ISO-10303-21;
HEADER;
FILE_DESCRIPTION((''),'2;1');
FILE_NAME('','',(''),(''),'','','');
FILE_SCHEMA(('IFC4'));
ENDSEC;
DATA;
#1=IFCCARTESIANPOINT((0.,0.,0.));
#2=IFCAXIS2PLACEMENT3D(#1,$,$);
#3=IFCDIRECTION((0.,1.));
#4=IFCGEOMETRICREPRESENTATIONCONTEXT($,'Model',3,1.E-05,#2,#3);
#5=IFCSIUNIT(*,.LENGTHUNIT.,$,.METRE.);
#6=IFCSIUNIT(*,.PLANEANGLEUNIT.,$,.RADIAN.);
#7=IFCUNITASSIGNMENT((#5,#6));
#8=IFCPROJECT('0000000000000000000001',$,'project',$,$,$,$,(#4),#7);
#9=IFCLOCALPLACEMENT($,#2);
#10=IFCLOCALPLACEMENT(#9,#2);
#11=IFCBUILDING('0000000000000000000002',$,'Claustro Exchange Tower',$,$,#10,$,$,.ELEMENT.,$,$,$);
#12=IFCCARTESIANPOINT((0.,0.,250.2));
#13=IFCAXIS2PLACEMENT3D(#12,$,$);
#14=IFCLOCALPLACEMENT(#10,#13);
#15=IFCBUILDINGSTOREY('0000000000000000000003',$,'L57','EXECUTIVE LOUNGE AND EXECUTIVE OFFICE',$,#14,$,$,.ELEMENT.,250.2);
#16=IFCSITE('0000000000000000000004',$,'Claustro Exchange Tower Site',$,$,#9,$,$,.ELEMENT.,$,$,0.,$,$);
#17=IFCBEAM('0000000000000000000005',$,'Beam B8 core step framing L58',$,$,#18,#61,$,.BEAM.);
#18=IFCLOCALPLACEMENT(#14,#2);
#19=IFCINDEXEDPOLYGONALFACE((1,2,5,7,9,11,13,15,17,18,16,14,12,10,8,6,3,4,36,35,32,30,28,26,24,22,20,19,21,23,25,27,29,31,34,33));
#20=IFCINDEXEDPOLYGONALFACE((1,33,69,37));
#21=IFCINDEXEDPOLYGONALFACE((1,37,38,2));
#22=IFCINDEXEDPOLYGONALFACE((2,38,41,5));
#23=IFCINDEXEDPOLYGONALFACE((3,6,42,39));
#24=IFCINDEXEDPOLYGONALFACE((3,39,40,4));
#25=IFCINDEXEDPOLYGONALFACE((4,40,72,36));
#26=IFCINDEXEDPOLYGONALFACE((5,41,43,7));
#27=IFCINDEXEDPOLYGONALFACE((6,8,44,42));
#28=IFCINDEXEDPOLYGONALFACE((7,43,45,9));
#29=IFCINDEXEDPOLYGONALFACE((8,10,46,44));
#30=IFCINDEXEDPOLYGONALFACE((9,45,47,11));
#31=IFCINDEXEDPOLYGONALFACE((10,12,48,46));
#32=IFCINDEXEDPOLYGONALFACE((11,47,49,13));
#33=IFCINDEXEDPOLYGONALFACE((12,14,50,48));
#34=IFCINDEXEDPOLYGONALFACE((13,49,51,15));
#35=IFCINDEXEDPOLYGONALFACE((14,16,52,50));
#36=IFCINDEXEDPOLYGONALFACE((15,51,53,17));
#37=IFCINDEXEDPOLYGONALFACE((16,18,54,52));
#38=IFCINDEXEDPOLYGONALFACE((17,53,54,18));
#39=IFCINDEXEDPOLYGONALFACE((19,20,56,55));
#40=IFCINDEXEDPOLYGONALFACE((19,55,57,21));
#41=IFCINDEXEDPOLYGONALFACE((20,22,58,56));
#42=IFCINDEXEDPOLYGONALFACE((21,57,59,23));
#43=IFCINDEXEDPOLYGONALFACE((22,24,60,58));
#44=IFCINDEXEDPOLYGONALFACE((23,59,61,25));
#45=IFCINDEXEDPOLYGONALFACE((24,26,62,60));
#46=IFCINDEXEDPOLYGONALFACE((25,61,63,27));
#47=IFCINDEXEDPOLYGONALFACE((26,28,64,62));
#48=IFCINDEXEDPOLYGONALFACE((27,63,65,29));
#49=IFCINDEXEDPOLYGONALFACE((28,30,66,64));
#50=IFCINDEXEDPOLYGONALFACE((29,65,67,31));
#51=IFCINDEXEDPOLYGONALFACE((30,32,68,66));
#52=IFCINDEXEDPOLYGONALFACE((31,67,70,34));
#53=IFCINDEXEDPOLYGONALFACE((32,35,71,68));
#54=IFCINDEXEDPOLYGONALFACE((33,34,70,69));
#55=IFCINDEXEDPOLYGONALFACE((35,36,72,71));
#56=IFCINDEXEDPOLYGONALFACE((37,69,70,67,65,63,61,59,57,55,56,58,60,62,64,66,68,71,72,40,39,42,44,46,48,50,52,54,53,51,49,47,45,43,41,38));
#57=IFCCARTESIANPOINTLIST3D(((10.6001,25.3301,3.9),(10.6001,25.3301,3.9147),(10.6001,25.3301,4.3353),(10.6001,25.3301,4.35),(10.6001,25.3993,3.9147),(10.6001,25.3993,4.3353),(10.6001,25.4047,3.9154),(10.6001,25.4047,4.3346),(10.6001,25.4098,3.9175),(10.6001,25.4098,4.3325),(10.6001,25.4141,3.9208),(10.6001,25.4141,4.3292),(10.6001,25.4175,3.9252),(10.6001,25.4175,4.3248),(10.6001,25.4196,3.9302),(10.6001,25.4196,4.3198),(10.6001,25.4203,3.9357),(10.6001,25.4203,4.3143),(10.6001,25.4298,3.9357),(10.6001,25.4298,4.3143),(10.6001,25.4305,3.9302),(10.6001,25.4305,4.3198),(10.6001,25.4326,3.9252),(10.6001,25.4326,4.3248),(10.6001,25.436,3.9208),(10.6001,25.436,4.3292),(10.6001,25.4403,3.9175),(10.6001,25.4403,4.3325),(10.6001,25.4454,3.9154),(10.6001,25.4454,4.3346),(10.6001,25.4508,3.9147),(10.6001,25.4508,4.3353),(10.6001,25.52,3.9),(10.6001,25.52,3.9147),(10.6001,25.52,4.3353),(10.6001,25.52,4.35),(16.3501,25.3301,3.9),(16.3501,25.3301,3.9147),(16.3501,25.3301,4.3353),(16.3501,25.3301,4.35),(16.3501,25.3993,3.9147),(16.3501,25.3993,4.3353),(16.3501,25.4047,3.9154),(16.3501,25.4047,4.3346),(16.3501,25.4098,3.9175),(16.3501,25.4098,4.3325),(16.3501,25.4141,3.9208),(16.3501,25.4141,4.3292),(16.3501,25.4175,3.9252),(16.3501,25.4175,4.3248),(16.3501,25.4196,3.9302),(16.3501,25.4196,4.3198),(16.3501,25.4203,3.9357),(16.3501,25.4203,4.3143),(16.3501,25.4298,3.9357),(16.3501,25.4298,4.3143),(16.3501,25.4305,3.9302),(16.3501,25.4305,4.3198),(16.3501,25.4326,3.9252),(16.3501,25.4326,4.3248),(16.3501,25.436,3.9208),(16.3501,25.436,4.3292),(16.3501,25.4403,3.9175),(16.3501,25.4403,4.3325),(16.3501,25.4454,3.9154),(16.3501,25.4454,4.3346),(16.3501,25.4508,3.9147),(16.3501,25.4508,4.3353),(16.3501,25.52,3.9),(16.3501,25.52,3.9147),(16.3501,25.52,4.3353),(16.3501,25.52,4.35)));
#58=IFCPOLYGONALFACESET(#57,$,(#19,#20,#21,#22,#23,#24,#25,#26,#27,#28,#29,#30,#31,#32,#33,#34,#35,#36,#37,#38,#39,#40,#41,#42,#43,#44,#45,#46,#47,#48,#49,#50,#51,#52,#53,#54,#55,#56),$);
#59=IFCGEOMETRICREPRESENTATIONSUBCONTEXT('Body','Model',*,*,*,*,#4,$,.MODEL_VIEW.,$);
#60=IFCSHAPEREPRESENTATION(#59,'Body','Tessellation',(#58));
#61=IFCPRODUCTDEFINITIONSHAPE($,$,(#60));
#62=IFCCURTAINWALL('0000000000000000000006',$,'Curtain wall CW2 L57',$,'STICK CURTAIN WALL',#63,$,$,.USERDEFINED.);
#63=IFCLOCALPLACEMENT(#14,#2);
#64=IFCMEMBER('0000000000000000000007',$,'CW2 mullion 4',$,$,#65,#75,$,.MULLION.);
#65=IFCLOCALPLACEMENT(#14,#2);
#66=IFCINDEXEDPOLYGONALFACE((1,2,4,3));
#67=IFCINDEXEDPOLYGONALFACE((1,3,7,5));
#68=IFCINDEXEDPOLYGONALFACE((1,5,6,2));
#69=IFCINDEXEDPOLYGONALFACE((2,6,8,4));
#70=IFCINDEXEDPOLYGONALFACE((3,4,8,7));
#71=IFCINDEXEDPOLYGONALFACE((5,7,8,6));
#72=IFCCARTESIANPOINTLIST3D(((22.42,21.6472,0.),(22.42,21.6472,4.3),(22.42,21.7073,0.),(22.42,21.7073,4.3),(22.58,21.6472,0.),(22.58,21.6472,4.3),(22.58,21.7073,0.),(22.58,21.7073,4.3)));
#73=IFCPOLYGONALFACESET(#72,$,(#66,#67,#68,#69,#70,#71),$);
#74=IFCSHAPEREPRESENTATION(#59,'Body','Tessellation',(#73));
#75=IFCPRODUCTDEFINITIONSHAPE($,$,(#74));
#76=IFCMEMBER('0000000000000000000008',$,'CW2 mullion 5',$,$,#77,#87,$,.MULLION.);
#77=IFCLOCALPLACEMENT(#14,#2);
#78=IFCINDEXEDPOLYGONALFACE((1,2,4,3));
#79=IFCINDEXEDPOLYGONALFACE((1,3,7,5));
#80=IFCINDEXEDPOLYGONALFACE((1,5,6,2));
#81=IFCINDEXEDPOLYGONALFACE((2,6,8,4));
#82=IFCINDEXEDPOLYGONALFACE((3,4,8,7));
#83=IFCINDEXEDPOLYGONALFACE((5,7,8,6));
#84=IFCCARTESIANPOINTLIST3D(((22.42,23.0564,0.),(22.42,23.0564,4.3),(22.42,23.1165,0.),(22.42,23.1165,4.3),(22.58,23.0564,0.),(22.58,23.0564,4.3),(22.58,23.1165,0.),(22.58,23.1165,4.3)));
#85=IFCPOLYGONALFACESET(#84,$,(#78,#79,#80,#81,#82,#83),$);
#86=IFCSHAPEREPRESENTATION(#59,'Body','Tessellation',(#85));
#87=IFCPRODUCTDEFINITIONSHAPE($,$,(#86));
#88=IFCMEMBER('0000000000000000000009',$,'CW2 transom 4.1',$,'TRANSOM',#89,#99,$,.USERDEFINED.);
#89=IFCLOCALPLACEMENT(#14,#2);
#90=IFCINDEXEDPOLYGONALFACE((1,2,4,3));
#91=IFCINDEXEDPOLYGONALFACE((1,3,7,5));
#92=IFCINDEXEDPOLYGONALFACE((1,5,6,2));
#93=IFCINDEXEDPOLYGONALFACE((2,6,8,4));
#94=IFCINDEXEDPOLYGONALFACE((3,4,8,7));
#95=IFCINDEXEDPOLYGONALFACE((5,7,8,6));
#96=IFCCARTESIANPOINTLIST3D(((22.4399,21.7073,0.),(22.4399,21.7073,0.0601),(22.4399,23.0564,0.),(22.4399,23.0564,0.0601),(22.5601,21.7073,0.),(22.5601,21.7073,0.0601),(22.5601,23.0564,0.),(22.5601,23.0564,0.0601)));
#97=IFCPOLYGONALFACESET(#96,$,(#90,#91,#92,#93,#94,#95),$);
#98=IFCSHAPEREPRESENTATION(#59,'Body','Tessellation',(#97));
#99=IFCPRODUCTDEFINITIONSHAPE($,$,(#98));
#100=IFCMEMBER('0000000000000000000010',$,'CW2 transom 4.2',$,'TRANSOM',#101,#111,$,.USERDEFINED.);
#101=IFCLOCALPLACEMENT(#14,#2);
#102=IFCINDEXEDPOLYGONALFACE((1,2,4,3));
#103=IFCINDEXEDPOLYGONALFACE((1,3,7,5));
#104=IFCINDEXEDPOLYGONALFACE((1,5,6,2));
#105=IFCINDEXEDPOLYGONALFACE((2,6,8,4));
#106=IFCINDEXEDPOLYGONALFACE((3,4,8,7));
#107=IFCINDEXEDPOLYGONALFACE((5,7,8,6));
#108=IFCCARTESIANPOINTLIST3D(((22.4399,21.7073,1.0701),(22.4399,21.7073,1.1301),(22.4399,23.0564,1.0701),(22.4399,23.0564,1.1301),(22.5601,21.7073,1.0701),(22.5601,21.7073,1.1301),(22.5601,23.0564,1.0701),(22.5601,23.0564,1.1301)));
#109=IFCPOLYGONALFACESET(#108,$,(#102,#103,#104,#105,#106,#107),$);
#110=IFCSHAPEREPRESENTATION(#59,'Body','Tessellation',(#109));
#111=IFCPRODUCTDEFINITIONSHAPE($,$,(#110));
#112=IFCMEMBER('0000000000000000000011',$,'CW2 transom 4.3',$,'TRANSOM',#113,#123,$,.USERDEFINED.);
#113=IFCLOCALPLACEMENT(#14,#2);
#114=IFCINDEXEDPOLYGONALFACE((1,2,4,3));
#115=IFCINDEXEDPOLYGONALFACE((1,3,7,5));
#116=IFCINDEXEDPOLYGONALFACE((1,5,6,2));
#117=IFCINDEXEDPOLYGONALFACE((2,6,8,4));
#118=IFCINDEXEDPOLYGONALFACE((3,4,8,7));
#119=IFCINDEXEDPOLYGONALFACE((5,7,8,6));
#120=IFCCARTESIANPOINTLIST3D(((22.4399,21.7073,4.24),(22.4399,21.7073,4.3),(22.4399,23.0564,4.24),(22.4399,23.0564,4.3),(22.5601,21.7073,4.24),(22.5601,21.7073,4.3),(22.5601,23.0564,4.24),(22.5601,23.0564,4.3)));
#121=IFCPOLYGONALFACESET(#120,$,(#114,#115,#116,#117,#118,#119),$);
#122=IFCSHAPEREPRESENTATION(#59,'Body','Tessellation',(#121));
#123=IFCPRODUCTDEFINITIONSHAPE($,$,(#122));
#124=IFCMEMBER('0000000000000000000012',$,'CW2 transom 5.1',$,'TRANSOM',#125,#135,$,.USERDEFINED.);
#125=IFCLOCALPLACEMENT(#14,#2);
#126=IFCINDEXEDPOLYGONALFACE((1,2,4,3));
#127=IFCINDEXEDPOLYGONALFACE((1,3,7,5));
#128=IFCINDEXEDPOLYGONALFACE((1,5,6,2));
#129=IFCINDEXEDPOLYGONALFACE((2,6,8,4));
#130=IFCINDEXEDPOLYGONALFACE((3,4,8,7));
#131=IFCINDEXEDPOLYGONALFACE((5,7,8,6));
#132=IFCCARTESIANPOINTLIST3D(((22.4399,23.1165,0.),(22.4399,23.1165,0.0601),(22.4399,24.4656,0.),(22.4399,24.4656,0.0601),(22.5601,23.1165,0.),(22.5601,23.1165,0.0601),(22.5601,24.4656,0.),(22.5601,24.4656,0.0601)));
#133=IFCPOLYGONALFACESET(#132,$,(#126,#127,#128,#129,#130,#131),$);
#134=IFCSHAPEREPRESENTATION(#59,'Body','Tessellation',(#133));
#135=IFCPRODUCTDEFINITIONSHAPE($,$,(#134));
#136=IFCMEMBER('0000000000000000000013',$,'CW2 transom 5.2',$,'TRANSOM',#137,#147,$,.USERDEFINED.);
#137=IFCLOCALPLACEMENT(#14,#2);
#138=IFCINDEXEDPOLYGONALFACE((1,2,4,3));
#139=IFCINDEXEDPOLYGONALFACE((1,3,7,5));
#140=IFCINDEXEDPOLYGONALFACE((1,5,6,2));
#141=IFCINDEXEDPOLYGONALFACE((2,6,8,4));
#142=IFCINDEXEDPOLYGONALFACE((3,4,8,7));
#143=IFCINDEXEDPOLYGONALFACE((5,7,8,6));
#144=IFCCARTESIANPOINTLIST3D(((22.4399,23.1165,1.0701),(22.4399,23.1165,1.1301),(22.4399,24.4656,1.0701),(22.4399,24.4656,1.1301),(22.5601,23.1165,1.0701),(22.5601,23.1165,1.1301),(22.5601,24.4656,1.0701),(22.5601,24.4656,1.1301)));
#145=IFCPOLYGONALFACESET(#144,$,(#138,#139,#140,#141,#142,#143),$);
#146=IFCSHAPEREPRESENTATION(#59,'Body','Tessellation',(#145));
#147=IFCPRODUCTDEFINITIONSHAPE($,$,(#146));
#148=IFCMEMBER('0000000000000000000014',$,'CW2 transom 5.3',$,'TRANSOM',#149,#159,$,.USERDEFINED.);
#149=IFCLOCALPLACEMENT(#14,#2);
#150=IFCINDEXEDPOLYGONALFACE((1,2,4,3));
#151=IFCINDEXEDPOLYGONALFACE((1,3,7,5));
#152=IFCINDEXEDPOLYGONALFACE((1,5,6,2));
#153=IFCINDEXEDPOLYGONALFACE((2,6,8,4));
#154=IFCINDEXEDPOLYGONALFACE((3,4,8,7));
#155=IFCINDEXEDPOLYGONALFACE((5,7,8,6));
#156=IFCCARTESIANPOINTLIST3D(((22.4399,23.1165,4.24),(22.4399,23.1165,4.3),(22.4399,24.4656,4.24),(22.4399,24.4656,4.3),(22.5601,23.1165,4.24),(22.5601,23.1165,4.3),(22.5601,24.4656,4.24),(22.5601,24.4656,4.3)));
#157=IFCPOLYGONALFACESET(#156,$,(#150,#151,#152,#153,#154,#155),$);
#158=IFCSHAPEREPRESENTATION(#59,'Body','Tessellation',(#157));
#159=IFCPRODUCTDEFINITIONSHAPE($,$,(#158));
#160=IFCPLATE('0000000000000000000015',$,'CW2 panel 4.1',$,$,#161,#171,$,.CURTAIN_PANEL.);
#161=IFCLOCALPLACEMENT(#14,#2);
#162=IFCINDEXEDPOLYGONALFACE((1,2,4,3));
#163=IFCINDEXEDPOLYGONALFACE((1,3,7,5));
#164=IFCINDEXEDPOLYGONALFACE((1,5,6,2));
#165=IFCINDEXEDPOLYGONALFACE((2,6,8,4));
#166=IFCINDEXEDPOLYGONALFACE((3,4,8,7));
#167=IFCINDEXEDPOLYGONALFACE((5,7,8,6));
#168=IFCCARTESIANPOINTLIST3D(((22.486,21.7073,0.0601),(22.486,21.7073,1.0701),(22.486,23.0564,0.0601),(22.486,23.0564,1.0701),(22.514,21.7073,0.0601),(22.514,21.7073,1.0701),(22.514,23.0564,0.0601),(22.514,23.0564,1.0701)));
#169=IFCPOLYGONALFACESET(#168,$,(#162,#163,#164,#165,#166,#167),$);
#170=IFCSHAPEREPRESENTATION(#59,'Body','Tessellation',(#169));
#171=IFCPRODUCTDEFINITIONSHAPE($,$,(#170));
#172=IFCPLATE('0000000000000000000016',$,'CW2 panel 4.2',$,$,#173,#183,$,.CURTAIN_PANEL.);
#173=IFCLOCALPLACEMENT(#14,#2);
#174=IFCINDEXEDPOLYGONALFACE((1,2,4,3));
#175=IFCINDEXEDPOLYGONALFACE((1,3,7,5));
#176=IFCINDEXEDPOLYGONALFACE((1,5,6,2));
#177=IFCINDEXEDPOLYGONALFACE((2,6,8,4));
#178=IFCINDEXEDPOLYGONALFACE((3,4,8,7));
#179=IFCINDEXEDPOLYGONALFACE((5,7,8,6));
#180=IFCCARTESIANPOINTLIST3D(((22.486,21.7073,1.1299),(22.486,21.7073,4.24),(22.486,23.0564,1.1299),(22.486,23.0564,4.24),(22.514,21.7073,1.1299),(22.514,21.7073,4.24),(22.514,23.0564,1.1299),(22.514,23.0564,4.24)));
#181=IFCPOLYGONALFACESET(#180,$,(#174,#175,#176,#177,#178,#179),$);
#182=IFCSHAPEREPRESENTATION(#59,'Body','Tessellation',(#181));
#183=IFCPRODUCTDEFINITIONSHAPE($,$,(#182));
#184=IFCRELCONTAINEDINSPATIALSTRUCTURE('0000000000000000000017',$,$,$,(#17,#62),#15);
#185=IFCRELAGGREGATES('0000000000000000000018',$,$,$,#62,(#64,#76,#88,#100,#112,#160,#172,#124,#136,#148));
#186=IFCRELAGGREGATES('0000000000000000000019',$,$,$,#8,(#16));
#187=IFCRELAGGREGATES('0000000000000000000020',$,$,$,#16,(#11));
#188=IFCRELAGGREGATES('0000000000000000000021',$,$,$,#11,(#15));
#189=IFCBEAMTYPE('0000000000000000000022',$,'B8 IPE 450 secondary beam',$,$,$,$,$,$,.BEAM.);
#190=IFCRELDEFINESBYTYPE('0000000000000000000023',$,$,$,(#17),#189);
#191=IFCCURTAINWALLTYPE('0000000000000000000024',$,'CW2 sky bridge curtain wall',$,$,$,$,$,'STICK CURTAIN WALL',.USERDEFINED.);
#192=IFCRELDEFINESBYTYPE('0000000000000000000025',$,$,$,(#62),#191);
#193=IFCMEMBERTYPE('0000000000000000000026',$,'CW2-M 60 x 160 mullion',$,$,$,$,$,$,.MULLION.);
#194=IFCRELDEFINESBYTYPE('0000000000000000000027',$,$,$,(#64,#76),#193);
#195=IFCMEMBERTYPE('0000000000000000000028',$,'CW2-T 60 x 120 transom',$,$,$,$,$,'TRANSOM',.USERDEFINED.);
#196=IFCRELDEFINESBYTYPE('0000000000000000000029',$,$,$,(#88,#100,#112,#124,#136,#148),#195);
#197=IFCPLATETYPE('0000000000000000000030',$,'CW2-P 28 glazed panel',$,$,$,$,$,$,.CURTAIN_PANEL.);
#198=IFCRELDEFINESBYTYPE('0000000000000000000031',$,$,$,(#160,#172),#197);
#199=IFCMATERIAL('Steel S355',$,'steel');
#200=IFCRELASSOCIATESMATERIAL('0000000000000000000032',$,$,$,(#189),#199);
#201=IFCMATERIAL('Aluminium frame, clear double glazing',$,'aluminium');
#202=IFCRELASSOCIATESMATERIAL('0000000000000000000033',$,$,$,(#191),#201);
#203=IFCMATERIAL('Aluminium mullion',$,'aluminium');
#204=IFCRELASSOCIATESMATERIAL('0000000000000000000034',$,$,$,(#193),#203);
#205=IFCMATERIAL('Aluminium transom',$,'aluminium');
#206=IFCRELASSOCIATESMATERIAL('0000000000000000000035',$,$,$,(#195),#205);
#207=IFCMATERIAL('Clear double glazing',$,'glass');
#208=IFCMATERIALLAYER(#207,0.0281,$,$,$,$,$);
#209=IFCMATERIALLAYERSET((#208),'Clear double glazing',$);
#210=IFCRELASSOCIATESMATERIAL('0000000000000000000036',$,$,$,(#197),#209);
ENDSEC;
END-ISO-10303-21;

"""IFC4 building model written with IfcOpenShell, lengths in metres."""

from ifc_helpers import new_model, si_unit, direction, frame, origin, origin_2d, place, context, subcontext, project, spatial, rectangle, i_section, extrude, material, layer, layer_set, material_profile, profile_set, type_object, element, aggregate, save


model = new_model("IFC4")

# Units and contexts
model_context = context("Model", 3, precision=1e-05, world=origin(), true_north=direction((0.0, 1.0)))
body_context = subcontext(model_context, "Body", "Model", "MODEL_VIEW")
ifc_project = project(units=[si_unit("LENGTHUNIT", "METRE"), si_unit("PLANEANGLEUNIT", "RADIAN")], contexts=[model_context])

# Site, building, storey
site_placement = place(None, origin())
site = spatial("IfcSite", under=ifc_project, at=site_placement, Name="Claustro Exchange Tower Site", CompositionType="ELEMENT", RefElevation=0.0)
building_placement = place(site_placement, origin())
building = spatial("IfcBuilding", under=site, at=building_placement, Name="Claustro Exchange Tower", CompositionType="ELEMENT")
storey_placement = place(building_placement, frame((0.0, 0.0, 250.2)))
storey = spatial("IfcBuildingStorey", under=building, at=storey_placement, Name="L57", Description="EXECUTIVE LOUNGE AND EXECUTIVE OFFICE", CompositionType="ELEMENT", Elevation=250.2)

# Beam
ifc_material_1 = material(Name="Steel S355", Category="steel")
ifc_material_profile_1 = material_profile(ifc_material_1, i_section(OverallWidth=0.1899, OverallDepth=0.45, WebThickness=0.0095, FlangeThickness=0.0146, FilletRadius=0.021, at=origin_2d()), Name="IPE 450")
ifc_profile_set_1 = profile_set([ifc_material_profile_1], Name="Steel S355")
beam_type_1 = type_object("IfcBeamType", Name="B8 IPE 450 secondary beam", PredefinedType="BEAM", material=ifc_profile_set_1)
beam_1_placement = place(storey_placement, frame((10.6001, 25.425, 4.125), z_axis=(1.0, 0.0, 0.0), x_axis=(0.0, 1.0, 0.0)))
element("IfcBeam", 1, at=beam_1_placement, inside=storey, type_object=beam_type_1, Name="Beam B8 core step framing L58", PredefinedType="BEAM", context=body_context, shape_type="SweptSolid", body=[
    extrude(i_section(OverallWidth=0.1899, OverallDepth=0.45, WebThickness=0.0095, FlangeThickness=0.0146, FilletRadius=0.021, at=origin_2d()), origin(), (0.0, 0.0, 1.0), 5.75),
])

# Curtain wall, members, plates
ifc_material_2 = material(Name="Aluminium frame, clear double glazing", Category="aluminium")
curtain_wall_type = type_object("IfcCurtainWallType", Name="CW2 sky bridge curtain wall", ElementType="STICK CURTAIN WALL", PredefinedType="USERDEFINED", material=ifc_material_2)
curtain_wall_placement = place(storey_placement, origin())
curtain_wall = element("IfcCurtainWall", 2, at=curtain_wall_placement, inside=storey, type_object=curtain_wall_type, Name="Curtain wall CW2 L57", ObjectType="STICK CURTAIN WALL", PredefinedType="USERDEFINED")
ifc_material_3 = material(Name="Aluminium mullion", Category="aluminium")
ifc_material_profile_2 = material_profile(ifc_material_3, rectangle(XDim=0.1599, YDim=0.0601, at=origin_2d()), Name="CW2-M 60x160")
ifc_profile_set_2 = profile_set([ifc_material_profile_2], Name="Aluminium mullion")
member_type_1 = type_object("IfcMemberType", Name="CW2-M 60 x 160 mullion", PredefinedType="MULLION", material=ifc_profile_set_2)
member_1_placement = place(storey_placement, frame((22.5, 21.6772, 0.0), z_axis=(0.0, 0.0, 1.0), x_axis=(-1.0, 0.0, 0.0)))
member_1 = element("IfcMember", 3, at=member_1_placement, type_object=member_type_1, Name="CW2 mullion 4", PredefinedType="MULLION", context=body_context, shape_type="SweptSolid", body=[
    extrude(rectangle(XDim=0.1599, YDim=0.0601, at=origin_2d()), origin(), (0.0, 0.0, 1.0), 4.3),
])
member_2_placement = place(storey_placement, frame((22.5, 23.0864, 0.0), z_axis=(0.0, 0.0, 1.0), x_axis=(-1.0, 0.0, 0.0)))
member_2 = element("IfcMember", 4, at=member_2_placement, type_object=member_type_1, Name="CW2 mullion 5", PredefinedType="MULLION", context=body_context, shape_type="SweptSolid", body=[
    extrude(rectangle(XDim=0.1599, YDim=0.0601, at=origin_2d()), origin(), (0.0, 0.0, 1.0), 4.3),
])
ifc_material_4 = material(Name="Aluminium transom", Category="aluminium")
ifc_material_profile_3 = material_profile(ifc_material_4, rectangle(XDim=0.1201, YDim=0.0601, at=origin_2d()), Name="CW2-T 60x120")
ifc_profile_set_3 = profile_set([ifc_material_profile_3], Name="Aluminium transom")
member_type_2 = type_object("IfcMemberType", Name="CW2-T 60 x 120 transom", ElementType="TRANSOM", PredefinedType="USERDEFINED", material=ifc_profile_set_3)
member_3_placement = place(storey_placement, frame((22.5, 21.7073, 0.03), z_axis=(0.0, 1.0, 0.0), x_axis=(-1.0, 0.0, 0.0)))
member_3 = element("IfcMember", 5, at=member_3_placement, type_object=member_type_2, Name="CW2 transom 4.1", ObjectType="TRANSOM", PredefinedType="USERDEFINED", context=body_context, shape_type="SweptSolid", body=[
    extrude(rectangle(XDim=0.1201, YDim=0.0601, at=origin_2d()), origin(), (0.0, 0.0, 1.0), 1.3491),
])
member_4_placement = place(storey_placement, frame((22.5, 21.7073, 1.1001), z_axis=(0.0, 1.0, 0.0), x_axis=(-1.0, 0.0, 0.0)))
member_4 = element("IfcMember", 6, at=member_4_placement, type_object=member_type_2, Name="CW2 transom 4.2", ObjectType="TRANSOM", PredefinedType="USERDEFINED", context=body_context, shape_type="SweptSolid", body=[
    extrude(rectangle(XDim=0.1201, YDim=0.0601, at=origin_2d()), origin(), (0.0, 0.0, 1.0), 1.3491),
])
member_5_placement = place(storey_placement, frame((22.5, 21.7073, 4.27), z_axis=(0.0, 1.0, 0.0), x_axis=(-1.0, 0.0, 0.0)))
member_5 = element("IfcMember", 7, at=member_5_placement, type_object=member_type_2, Name="CW2 transom 4.3", ObjectType="TRANSOM", PredefinedType="USERDEFINED", context=body_context, shape_type="SweptSolid", body=[
    extrude(rectangle(XDim=0.1201, YDim=0.0601, at=origin_2d()), origin(), (0.0, 0.0, 1.0), 1.3491),
])
member_6_placement = place(storey_placement, frame((22.5, 23.1165, 0.03), z_axis=(0.0, 1.0, 0.0), x_axis=(-1.0, 0.0, 0.0)))
member_6 = element("IfcMember", 8, at=member_6_placement, type_object=member_type_2, Name="CW2 transom 5.1", ObjectType="TRANSOM", PredefinedType="USERDEFINED", context=body_context, shape_type="SweptSolid", body=[
    extrude(rectangle(XDim=0.1201, YDim=0.0601, at=origin_2d()), origin(), (0.0, 0.0, 1.0), 1.3491),
])
member_7_placement = place(storey_placement, frame((22.5, 23.1165, 1.1001), z_axis=(0.0, 1.0, 0.0), x_axis=(-1.0, 0.0, 0.0)))
member_7 = element("IfcMember", 9, at=member_7_placement, type_object=member_type_2, Name="CW2 transom 5.2", ObjectType="TRANSOM", PredefinedType="USERDEFINED", context=body_context, shape_type="SweptSolid", body=[
    extrude(rectangle(XDim=0.1201, YDim=0.0601, at=origin_2d()), origin(), (0.0, 0.0, 1.0), 1.3491),
])
member_8_placement = place(storey_placement, frame((22.5, 23.1165, 4.27), z_axis=(0.0, 1.0, 0.0), x_axis=(-1.0, 0.0, 0.0)))
member_8 = element("IfcMember", 10, at=member_8_placement, type_object=member_type_2, Name="CW2 transom 5.3", ObjectType="TRANSOM", PredefinedType="USERDEFINED", context=body_context, shape_type="SweptSolid", body=[
    extrude(rectangle(XDim=0.1201, YDim=0.0601, at=origin_2d()), origin(), (0.0, 0.0, 1.0), 1.3491),
])
ifc_material_5 = material(Name="Clear double glazing", Category="glass")
ifc_layer_1 = layer(ifc_material_5, 0.0281)
ifc_layer_set_1 = layer_set([ifc_layer_1], Name="Clear double glazing")
plate_type = type_object("IfcPlateType", Name="CW2-P 28 glazed panel", PredefinedType="CURTAIN_PANEL", material=ifc_layer_set_1)
plate_1_placement = place(storey_placement, frame((22.5, 22.3818, 0.0601), z_axis=(0.0, 0.0, 1.0), x_axis=(0.0, 1.0, 0.0)))
plate_1 = element("IfcPlate", 11, at=plate_1_placement, type_object=plate_type, Name="CW2 panel 4.1", PredefinedType="CURTAIN_PANEL", context=body_context, shape_type="SweptSolid", body=[
    extrude(rectangle(XDim=1.3491, YDim=0.0281, at=origin_2d()), origin(), (0.0, 0.0, 1.0), 1.01),
])
plate_2_placement = place(storey_placement, frame((22.5, 22.3818, 1.1299), z_axis=(0.0, 0.0, 1.0), x_axis=(0.0, 1.0, 0.0)))
plate_2 = element("IfcPlate", 12, at=plate_2_placement, type_object=plate_type, Name="CW2 panel 4.2", PredefinedType="CURTAIN_PANEL", context=body_context, shape_type="SweptSolid", body=[
    extrude(rectangle(XDim=1.3491, YDim=0.0281, at=origin_2d()), origin(), (0.0, 0.0, 1.0), 3.1101),
])
aggregate(curtain_wall, [member_1, member_2, member_3, member_4, member_5, plate_1, plate_2, member_6, member_7, member_8])

save(model, "model.ifc")
